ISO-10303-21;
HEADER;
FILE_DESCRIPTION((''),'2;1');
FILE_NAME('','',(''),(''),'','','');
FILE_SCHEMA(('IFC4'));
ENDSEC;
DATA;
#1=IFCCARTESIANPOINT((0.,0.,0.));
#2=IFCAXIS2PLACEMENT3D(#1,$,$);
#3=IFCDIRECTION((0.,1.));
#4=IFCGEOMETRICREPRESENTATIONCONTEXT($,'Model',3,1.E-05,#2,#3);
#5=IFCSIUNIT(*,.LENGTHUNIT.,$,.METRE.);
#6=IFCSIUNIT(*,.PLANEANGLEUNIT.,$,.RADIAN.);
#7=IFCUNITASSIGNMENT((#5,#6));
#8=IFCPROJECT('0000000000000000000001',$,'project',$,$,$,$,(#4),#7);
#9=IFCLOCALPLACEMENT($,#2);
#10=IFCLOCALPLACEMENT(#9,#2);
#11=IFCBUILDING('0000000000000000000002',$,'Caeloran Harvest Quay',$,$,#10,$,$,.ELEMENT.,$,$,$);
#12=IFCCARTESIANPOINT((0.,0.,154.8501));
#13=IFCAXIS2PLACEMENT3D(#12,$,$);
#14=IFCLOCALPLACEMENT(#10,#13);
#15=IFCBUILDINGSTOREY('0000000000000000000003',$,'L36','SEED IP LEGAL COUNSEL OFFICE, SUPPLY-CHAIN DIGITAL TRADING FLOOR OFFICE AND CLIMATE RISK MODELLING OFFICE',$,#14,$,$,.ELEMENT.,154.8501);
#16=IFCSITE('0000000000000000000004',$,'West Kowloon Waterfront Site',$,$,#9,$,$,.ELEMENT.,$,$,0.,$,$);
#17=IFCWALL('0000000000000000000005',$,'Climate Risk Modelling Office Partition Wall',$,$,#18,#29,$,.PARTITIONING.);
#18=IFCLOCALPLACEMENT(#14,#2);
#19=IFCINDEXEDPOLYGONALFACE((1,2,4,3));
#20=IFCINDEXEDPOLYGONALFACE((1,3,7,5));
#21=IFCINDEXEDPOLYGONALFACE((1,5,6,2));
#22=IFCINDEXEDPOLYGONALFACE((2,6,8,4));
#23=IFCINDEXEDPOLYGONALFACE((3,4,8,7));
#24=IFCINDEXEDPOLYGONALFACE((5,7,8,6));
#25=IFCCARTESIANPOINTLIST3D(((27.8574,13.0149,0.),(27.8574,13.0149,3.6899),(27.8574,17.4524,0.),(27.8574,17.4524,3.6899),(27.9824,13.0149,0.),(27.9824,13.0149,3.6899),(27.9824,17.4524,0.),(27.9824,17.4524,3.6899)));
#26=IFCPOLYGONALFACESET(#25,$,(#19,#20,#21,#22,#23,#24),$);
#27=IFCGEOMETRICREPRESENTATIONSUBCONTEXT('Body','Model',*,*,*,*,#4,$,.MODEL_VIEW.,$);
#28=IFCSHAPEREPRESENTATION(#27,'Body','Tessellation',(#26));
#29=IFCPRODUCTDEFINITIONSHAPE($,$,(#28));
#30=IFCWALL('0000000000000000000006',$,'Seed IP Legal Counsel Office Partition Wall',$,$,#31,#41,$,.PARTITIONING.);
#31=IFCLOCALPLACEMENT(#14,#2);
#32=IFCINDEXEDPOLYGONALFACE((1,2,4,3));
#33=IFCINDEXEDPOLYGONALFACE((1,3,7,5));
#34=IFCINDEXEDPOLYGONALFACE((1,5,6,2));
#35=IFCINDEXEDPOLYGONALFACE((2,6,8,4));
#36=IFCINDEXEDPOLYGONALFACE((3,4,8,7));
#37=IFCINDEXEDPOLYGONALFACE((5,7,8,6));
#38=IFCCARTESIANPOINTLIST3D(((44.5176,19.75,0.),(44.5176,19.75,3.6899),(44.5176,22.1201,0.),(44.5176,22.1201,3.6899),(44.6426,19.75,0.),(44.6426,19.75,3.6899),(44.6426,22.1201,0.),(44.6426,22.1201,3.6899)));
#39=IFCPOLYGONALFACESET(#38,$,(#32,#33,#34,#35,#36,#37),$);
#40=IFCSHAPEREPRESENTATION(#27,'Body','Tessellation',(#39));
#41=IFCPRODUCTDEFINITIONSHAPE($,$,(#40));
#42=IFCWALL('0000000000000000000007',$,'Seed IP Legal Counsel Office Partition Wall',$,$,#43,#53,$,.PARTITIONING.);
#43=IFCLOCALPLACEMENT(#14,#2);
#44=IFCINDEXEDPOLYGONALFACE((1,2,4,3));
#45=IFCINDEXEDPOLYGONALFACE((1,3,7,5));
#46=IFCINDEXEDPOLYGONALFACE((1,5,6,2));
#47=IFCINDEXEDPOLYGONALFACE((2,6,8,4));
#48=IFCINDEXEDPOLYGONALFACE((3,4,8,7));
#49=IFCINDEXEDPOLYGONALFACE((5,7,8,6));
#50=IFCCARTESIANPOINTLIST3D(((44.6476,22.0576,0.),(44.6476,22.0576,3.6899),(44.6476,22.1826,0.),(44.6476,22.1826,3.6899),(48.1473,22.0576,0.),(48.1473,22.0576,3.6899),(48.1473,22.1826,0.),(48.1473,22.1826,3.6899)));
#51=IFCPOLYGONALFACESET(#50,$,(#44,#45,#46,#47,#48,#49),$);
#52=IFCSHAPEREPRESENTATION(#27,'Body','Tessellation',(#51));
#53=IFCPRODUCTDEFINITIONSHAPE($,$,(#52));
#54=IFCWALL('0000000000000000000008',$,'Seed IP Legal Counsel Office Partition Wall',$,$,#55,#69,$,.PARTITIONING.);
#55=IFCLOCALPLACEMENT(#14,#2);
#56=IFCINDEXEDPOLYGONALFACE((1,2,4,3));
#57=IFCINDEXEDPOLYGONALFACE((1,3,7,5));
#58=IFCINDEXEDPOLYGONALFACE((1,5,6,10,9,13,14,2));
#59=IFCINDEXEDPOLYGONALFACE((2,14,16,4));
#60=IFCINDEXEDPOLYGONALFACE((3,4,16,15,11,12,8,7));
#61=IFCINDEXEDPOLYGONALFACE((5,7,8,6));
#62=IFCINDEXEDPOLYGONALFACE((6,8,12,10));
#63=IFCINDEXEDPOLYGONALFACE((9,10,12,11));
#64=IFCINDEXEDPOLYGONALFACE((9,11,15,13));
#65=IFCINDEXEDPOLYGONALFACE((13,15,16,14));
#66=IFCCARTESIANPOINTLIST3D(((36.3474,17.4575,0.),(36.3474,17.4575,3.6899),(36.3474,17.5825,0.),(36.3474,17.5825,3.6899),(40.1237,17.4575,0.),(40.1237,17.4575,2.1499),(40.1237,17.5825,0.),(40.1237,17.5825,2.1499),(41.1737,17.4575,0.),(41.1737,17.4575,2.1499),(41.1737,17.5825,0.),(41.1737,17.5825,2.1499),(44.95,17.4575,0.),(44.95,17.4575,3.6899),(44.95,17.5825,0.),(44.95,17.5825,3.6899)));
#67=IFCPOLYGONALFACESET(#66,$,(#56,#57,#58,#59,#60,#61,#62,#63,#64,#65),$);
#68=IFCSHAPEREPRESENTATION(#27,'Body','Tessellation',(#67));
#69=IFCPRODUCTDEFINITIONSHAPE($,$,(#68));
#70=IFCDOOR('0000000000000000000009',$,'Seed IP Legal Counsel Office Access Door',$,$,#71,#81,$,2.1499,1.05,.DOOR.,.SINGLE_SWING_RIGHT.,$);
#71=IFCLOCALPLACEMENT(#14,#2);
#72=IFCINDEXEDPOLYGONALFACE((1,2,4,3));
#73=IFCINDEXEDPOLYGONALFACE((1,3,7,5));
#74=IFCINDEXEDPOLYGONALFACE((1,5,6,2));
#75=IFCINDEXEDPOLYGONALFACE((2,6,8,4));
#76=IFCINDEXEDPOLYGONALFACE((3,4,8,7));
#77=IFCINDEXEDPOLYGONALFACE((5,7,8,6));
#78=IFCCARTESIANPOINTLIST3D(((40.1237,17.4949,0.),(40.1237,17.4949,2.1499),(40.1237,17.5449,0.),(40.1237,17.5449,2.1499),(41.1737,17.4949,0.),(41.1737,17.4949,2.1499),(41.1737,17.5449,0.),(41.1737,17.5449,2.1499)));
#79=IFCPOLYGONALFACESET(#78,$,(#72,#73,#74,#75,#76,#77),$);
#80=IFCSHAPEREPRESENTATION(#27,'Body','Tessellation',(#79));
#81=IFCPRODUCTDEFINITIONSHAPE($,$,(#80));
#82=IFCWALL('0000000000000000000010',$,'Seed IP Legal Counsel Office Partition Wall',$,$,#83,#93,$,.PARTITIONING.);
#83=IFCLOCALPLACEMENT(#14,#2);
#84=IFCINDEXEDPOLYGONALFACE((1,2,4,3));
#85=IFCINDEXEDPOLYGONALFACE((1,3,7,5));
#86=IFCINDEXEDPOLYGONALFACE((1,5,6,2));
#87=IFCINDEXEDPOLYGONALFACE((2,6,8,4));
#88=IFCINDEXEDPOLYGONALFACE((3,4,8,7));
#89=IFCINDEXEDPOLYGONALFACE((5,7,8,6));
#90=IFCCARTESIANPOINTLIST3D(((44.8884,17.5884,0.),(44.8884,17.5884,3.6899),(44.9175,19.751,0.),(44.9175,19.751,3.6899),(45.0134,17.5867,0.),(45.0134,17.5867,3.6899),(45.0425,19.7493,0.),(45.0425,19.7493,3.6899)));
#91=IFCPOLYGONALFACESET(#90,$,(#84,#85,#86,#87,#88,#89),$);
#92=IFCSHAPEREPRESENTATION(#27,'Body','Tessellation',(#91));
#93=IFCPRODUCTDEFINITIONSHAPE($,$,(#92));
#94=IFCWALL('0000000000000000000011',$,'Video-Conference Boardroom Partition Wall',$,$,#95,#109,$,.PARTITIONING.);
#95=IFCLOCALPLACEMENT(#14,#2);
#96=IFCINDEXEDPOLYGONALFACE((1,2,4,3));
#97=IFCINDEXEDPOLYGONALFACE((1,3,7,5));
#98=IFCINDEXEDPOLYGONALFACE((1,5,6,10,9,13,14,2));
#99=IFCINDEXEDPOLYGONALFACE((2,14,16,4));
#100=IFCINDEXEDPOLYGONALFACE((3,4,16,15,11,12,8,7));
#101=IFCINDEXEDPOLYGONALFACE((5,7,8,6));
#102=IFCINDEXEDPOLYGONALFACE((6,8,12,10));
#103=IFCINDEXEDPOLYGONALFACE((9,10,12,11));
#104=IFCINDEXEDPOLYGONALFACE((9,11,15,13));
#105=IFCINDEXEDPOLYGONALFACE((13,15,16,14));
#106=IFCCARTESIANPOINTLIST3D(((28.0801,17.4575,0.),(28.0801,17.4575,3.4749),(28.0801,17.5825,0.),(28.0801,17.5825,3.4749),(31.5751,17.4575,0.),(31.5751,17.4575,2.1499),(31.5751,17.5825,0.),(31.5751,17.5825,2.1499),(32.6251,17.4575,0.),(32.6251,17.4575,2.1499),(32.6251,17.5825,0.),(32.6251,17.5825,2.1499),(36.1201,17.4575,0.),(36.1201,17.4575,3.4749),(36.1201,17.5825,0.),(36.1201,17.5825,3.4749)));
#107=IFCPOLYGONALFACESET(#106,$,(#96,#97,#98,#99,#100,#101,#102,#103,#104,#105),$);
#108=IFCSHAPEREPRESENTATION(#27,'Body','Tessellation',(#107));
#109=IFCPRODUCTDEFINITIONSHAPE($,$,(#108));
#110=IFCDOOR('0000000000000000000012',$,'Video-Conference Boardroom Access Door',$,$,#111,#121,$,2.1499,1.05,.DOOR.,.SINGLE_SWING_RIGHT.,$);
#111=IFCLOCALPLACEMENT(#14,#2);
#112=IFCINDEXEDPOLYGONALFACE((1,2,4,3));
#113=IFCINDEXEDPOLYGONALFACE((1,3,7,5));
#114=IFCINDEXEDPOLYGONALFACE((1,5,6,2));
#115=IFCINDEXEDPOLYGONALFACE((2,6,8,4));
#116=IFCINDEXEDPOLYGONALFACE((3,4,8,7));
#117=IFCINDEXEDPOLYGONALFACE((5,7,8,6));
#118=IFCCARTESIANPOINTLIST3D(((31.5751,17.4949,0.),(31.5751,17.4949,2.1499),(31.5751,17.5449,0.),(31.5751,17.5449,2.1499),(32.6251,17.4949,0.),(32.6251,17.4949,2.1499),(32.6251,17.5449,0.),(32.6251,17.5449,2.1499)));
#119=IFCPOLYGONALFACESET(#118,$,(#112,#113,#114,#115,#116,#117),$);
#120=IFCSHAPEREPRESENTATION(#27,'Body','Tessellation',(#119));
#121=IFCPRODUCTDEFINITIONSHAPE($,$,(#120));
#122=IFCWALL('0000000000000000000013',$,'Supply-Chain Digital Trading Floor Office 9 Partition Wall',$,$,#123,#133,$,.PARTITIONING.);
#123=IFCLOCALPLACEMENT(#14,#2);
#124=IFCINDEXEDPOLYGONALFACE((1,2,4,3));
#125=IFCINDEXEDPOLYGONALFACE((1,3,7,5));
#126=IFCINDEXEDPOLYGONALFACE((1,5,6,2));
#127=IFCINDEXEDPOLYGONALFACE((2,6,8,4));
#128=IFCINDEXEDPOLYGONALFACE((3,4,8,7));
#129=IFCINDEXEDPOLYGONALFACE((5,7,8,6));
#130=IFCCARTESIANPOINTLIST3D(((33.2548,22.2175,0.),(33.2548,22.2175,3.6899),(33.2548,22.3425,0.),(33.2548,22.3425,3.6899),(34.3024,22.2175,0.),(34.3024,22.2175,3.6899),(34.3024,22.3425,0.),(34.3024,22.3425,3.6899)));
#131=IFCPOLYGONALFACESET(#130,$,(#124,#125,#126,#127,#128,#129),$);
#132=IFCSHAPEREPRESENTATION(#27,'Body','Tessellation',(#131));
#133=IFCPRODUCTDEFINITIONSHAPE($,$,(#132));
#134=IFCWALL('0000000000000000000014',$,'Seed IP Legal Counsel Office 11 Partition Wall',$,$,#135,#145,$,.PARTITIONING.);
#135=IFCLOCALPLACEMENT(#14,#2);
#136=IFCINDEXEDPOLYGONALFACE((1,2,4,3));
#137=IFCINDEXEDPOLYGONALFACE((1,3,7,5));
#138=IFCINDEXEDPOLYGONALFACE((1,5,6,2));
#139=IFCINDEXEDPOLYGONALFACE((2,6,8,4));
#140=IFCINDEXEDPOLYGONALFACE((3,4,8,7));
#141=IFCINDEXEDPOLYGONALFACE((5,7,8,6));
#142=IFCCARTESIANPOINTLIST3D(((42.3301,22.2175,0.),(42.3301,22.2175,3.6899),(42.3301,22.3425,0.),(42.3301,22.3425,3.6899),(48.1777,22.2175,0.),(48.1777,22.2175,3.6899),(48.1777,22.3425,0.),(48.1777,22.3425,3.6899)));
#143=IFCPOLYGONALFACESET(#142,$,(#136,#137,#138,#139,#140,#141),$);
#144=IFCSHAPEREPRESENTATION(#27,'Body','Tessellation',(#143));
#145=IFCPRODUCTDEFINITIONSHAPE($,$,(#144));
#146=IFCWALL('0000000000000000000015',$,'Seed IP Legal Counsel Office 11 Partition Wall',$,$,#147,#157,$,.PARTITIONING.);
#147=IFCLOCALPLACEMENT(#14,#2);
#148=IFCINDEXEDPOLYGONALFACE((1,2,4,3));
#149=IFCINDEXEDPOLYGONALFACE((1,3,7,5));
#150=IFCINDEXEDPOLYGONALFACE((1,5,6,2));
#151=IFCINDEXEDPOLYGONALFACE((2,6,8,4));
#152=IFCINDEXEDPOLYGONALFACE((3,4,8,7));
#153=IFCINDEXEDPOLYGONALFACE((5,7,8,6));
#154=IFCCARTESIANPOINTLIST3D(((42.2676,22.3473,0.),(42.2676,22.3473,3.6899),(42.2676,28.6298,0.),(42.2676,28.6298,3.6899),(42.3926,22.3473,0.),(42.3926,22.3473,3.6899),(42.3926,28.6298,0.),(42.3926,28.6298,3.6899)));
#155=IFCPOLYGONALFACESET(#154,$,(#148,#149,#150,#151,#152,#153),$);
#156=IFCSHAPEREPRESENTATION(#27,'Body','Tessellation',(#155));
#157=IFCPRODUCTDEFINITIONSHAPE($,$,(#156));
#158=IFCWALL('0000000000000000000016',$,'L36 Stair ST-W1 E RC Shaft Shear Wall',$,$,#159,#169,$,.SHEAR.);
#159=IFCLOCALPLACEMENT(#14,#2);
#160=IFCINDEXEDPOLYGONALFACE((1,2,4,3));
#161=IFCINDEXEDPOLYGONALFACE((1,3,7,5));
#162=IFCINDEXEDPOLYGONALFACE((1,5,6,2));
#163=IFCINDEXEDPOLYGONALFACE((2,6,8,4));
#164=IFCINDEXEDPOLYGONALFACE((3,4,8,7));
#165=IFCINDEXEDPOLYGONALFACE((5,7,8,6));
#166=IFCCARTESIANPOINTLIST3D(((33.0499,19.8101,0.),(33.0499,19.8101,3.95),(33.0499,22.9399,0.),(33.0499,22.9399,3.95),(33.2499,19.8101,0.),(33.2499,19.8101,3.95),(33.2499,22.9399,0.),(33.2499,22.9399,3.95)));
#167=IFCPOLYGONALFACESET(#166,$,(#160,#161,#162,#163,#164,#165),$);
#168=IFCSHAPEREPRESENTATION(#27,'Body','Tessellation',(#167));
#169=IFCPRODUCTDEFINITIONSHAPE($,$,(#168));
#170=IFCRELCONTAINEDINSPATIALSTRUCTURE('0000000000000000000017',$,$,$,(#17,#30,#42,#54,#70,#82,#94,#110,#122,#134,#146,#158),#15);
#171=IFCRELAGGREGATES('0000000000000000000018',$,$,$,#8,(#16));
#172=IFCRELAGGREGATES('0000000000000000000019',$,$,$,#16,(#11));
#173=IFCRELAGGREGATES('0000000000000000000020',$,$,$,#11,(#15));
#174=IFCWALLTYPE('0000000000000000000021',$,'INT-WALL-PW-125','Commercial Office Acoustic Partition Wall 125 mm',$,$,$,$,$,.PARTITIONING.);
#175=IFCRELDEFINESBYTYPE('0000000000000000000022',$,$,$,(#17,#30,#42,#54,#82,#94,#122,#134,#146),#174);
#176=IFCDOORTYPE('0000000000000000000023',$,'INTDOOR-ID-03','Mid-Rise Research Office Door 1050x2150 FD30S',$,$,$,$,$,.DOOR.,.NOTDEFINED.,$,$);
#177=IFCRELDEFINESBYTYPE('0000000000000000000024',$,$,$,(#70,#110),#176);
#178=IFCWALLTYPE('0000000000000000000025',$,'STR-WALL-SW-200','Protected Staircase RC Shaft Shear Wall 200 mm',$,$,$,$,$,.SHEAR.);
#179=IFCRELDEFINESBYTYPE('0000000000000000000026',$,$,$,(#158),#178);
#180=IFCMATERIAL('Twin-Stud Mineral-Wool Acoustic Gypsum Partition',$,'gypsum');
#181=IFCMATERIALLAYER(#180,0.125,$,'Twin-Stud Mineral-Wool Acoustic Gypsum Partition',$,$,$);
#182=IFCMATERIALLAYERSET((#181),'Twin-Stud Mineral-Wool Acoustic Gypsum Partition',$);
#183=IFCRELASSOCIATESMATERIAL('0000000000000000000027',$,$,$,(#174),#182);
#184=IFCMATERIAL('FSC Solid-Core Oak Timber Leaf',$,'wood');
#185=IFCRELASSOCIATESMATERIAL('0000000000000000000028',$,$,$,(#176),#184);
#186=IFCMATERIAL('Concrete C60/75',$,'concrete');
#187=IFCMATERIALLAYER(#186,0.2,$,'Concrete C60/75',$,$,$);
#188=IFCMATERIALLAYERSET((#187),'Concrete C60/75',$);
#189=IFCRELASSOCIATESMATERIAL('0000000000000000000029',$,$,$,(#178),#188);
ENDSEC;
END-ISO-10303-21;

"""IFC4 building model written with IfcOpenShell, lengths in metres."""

from ifc_helpers import new_model, si_unit, direction, frame, frame_2d, origin, place, context, subcontext, project, spatial, rectangle, extrude, material, layer, layer_set, type_object, element, fill, save


model = new_model("IFC4")

# Units and contexts
model_context = context("Model", 3, precision=1e-05, world=origin(), true_north=direction((0.0, 1.0)))
body_context = subcontext(model_context, "Body", "Model", "MODEL_VIEW")
ifc_project = project(units=[si_unit("LENGTHUNIT", "METRE"), si_unit("PLANEANGLEUNIT", "RADIAN")], contexts=[model_context])

# Site, building, storey
site_placement = place(None, origin())
site = spatial("IfcSite", under=ifc_project, at=site_placement, Name="West Kowloon Waterfront Site", CompositionType="ELEMENT", RefElevation=0.0)
building_placement = place(site_placement, origin())
building = spatial("IfcBuilding", under=site, at=building_placement, Name="Caeloran Harvest Quay", CompositionType="ELEMENT")
storey_placement = place(building_placement, frame((0.0, 0.0, 154.8501)))
storey = spatial("IfcBuildingStorey", under=building, at=storey_placement, Name="L36", Description="SEED IP LEGAL COUNSEL OFFICE, SUPPLY-CHAIN DIGITAL TRADING FLOOR OFFICE AND CLIMATE RISK MODELLING OFFICE", CompositionType="ELEMENT", Elevation=154.8501)

# Walls
ifc_material_1 = material(Name="Twin-Stud Mineral-Wool Acoustic Gypsum Partition", Category="gypsum")
ifc_layer_1 = layer(ifc_material_1, 0.125, Name="Twin-Stud Mineral-Wool Acoustic Gypsum Partition")
ifc_layer_set_1 = layer_set([ifc_layer_1], Name="Twin-Stud Mineral-Wool Acoustic Gypsum Partition")
wall_type_1 = type_object("IfcWallType", Name="INT-WALL-PW-125", Description="Commercial Office Acoustic Partition Wall 125 mm", PredefinedType="PARTITIONING", material=ifc_layer_set_1)
wall_1_placement = place(storey_placement, frame((27.9199, 17.4524, 0.0), z_axis=(0.0, 0.0, 1.0), x_axis=(0.0, -1.0, 0.0)))
element("IfcWall", 1, at=wall_1_placement, inside=storey, type_object=wall_type_1, Name="Climate Risk Modelling Office Partition Wall", PredefinedType="PARTITIONING", context=body_context, shape_type="SweptSolid", body=[
    extrude(rectangle(XDim=4.4375, YDim=0.125, at=frame_2d((2.2188, 0.0))), origin(), (0.0, 0.0, 1.0), 3.6899),
])
wall_2_placement = place(storey_placement, frame((44.5801, 19.75, 0.0), z_axis=(0.0, 0.0, 1.0), x_axis=(0.0, 1.0, 0.0)))
element("IfcWall", 2, at=wall_2_placement, inside=storey, type_object=wall_type_1, Name="Seed IP Legal Counsel Office Partition Wall", PredefinedType="PARTITIONING", context=body_context, shape_type="SweptSolid", body=[
    extrude(rectangle(XDim=2.3701, YDim=0.125, at=frame_2d((1.1851, 0.0))), origin(), (0.0, 0.0, 1.0), 3.6899),
])
wall_3_placement = place(storey_placement, frame((44.6475, 22.1201, 0.0), z_axis=(0.0, 0.0, 1.0), x_axis=(1.0, 0.0, 0.0)))
element("IfcWall", 3, at=wall_3_placement, inside=storey, type_object=wall_type_1, Name="Seed IP Legal Counsel Office Partition Wall", PredefinedType="PARTITIONING", context=body_context, shape_type="SweptSolid", body=[
    extrude(rectangle(XDim=3.4998, YDim=0.125, at=frame_2d((1.75, 0.0))), origin(), (0.0, 0.0, 1.0), 3.6899),
])

# Wall, opening, door
wall_4_placement = place(storey_placement, frame((36.3474, 17.52, 0.0), z_axis=(0.0, 0.0, 1.0), x_axis=(1.0, 0.0, 0.0)))
wall_4 = element("IfcWall", 4, at=wall_4_placement, inside=storey, type_object=wall_type_1, Name="Seed IP Legal Counsel Office Partition Wall", PredefinedType="PARTITIONING", context=body_context, shape_type="SweptSolid", body=[
    extrude(rectangle(XDim=8.6025, YDim=0.125, at=frame_2d((4.3013, 0.0))), origin(), (0.0, 0.0, 1.0), 3.6899),
])
opening_1_placement = place(wall_4_placement, frame((3.7764, 0.0, 0.0)))
opening_1 = element("IfcOpeningElement", 5, at=opening_1_placement, cuts=wall_4, PredefinedType="OPENING", context=body_context, shape_type="SweptSolid", body=[
    extrude(rectangle(XDim=1.05, YDim=2.1499, at=frame_2d((0.5249, 1.075))), frame((0.0, 0.0725, 0.0), z_axis=(0.0, -1.0, 0.0), x_axis=(1.0, 0.0, 0.0)), (0.0, 0.0, 1.0), 0.145),
])
ifc_material_2 = material(Name="FSC Solid-Core Oak Timber Leaf", Category="wood")
door_type = type_object("IfcDoorType", Name="INTDOOR-ID-03", Description="Mid-Rise Research Office Door 1050x2150 FD30S", OperationType="NOTDEFINED", PredefinedType="DOOR", material=ifc_material_2)
door_1_placement = place(opening_1_placement, origin())
door_1 = element("IfcDoor", 6, at=door_1_placement, inside=storey, type_object=door_type, Name="Seed IP Legal Counsel Office Access Door", OperationType="SINGLE_SWING_RIGHT", OverallHeight=2.1499, OverallWidth=1.05, PredefinedType="DOOR", context=body_context, shape_type="SweptSolid", body=[
    extrude(rectangle(XDim=1.05, YDim=2.1499, at=frame_2d((0.5249, 1.075))), frame((0.0, 0.0249, 0.0), z_axis=(0.0, -1.0, 0.0), x_axis=(1.0, 0.0, 0.0)), (0.0, 0.0, 1.0), 0.05),
])
fill(opening_1, door_1)

# Wall
wall_5_placement = place(storey_placement, frame((44.9509, 17.5874, 0.0), z_axis=(0.0, 0.0, 1.0), x_axis=(0.013433, 0.99991, 0.0)))
element("IfcWall", 7, at=wall_5_placement, inside=storey, type_object=wall_type_1, Name="Seed IP Legal Counsel Office Partition Wall", PredefinedType="PARTITIONING", context=body_context, shape_type="SweptSolid", body=[
    extrude(rectangle(XDim=2.1628, YDim=0.125, at=frame_2d((1.0815, 0.0))), origin(), (0.0, 0.0, 1.0), 3.6899),
])

# Wall, opening, door
wall_6_placement = place(storey_placement, frame((28.0801, 17.52, 0.0), z_axis=(0.0, 0.0, 1.0), x_axis=(1.0, 0.0, 0.0)))
wall_6 = element("IfcWall", 8, at=wall_6_placement, inside=storey, type_object=wall_type_1, Name="Video-Conference Boardroom Partition Wall", PredefinedType="PARTITIONING", context=body_context, shape_type="SweptSolid", body=[
    extrude(rectangle(XDim=8.04, YDim=0.125, at=frame_2d((4.02, 0.0))), origin(), (0.0, 0.0, 1.0), 3.4749),
])
opening_2_placement = place(wall_6_placement, frame((3.4951, 0.0, 0.0)))
opening_2 = element("IfcOpeningElement", 9, at=opening_2_placement, cuts=wall_6, PredefinedType="OPENING", context=body_context, shape_type="SweptSolid", body=[
    extrude(rectangle(XDim=1.05, YDim=2.1499, at=frame_2d((0.5249, 1.075))), frame((0.0, 0.0725, 0.0), z_axis=(0.0, -1.0, 0.0), x_axis=(1.0, 0.0, 0.0)), (0.0, 0.0, 1.0), 0.145),
])
door_2_placement = place(opening_2_placement, origin())
door_2 = element("IfcDoor", 10, at=door_2_placement, inside=storey, type_object=door_type, Name="Video-Conference Boardroom Access Door", OperationType="SINGLE_SWING_RIGHT", OverallHeight=2.1499, OverallWidth=1.05, PredefinedType="DOOR", context=body_context, shape_type="SweptSolid", body=[
    extrude(rectangle(XDim=1.05, YDim=2.1499, at=frame_2d((0.5249, 1.075))), frame((0.0, 0.0249, 0.0), z_axis=(0.0, -1.0, 0.0), x_axis=(1.0, 0.0, 0.0)), (0.0, 0.0, 1.0), 0.05),
])
fill(opening_2, door_2)

# Walls
wall_7_placement = place(storey_placement, frame((34.3025, 22.28, 0.0), z_axis=(0.0, 0.0, 1.0), x_axis=(-1.0, 0.0, 0.0)))
element("IfcWall", 11, at=wall_7_placement, inside=storey, type_object=wall_type_1, Name="Supply-Chain Digital Trading Floor Office 9 Partition Wall", PredefinedType="PARTITIONING", context=body_context, shape_type="SweptSolid", body=[
    extrude(rectangle(XDim=1.0476, YDim=0.125, at=frame_2d((0.5239, 0.0))), origin(), (0.0, 0.0, 1.0), 3.6899),
])
wall_8_placement = place(storey_placement, frame((48.1777, 22.28, 0.0), z_axis=(0.0, 0.0, 1.0), x_axis=(-1.0, 0.0, 0.0)))
element("IfcWall", 12, at=wall_8_placement, inside=storey, type_object=wall_type_1, Name="Seed IP Legal Counsel Office 11 Partition Wall", PredefinedType="PARTITIONING", context=body_context, shape_type="SweptSolid", body=[
    extrude(rectangle(XDim=5.8477, YDim=0.125, at=frame_2d((2.9238, 0.0))), origin(), (0.0, 0.0, 1.0), 3.6899),
])
wall_9_placement = place(storey_placement, frame((42.3301, 22.3474, 0.0), z_axis=(0.0, 0.0, 1.0), x_axis=(0.0, 1.0, 0.0)))
element("IfcWall", 13, at=wall_9_placement, inside=storey, type_object=wall_type_1, Name="Seed IP Legal Counsel Office 11 Partition Wall", PredefinedType="PARTITIONING", context=body_context, shape_type="SweptSolid", body=[
    extrude(rectangle(XDim=6.2825, YDim=0.125, at=frame_2d((3.1411, 0.0))), origin(), (0.0, 0.0, 1.0), 3.6899),
])
ifc_material_3 = material(Name="Concrete C60/75", Category="concrete")
ifc_layer_2 = layer(ifc_material_3, 0.2, Name="Concrete C60/75")
ifc_layer_set_2 = layer_set([ifc_layer_2], Name="Concrete C60/75")
wall_type_2 = type_object("IfcWallType", Name="STR-WALL-SW-200", Description="Protected Staircase RC Shaft Shear Wall 200 mm", PredefinedType="SHEAR", material=ifc_layer_set_2)
wall_10_placement = place(storey_placement, frame((33.1499, 19.8101, 0.0), z_axis=(0.0, 0.0, 1.0), x_axis=(0.0, 1.0, 0.0)))
element("IfcWall", 14, at=wall_10_placement, inside=storey, type_object=wall_type_2, Name="L36 Stair ST-W1 E RC Shaft Shear Wall", PredefinedType="SHEAR", context=body_context, shape_type="SweptSolid", body=[
    extrude(rectangle(XDim=3.1299, YDim=0.2, at=frame_2d((1.5649, 0.0))), origin(), (0.0, 0.0, 1.0), 3.95),
])

save(model, "model.ifc")
